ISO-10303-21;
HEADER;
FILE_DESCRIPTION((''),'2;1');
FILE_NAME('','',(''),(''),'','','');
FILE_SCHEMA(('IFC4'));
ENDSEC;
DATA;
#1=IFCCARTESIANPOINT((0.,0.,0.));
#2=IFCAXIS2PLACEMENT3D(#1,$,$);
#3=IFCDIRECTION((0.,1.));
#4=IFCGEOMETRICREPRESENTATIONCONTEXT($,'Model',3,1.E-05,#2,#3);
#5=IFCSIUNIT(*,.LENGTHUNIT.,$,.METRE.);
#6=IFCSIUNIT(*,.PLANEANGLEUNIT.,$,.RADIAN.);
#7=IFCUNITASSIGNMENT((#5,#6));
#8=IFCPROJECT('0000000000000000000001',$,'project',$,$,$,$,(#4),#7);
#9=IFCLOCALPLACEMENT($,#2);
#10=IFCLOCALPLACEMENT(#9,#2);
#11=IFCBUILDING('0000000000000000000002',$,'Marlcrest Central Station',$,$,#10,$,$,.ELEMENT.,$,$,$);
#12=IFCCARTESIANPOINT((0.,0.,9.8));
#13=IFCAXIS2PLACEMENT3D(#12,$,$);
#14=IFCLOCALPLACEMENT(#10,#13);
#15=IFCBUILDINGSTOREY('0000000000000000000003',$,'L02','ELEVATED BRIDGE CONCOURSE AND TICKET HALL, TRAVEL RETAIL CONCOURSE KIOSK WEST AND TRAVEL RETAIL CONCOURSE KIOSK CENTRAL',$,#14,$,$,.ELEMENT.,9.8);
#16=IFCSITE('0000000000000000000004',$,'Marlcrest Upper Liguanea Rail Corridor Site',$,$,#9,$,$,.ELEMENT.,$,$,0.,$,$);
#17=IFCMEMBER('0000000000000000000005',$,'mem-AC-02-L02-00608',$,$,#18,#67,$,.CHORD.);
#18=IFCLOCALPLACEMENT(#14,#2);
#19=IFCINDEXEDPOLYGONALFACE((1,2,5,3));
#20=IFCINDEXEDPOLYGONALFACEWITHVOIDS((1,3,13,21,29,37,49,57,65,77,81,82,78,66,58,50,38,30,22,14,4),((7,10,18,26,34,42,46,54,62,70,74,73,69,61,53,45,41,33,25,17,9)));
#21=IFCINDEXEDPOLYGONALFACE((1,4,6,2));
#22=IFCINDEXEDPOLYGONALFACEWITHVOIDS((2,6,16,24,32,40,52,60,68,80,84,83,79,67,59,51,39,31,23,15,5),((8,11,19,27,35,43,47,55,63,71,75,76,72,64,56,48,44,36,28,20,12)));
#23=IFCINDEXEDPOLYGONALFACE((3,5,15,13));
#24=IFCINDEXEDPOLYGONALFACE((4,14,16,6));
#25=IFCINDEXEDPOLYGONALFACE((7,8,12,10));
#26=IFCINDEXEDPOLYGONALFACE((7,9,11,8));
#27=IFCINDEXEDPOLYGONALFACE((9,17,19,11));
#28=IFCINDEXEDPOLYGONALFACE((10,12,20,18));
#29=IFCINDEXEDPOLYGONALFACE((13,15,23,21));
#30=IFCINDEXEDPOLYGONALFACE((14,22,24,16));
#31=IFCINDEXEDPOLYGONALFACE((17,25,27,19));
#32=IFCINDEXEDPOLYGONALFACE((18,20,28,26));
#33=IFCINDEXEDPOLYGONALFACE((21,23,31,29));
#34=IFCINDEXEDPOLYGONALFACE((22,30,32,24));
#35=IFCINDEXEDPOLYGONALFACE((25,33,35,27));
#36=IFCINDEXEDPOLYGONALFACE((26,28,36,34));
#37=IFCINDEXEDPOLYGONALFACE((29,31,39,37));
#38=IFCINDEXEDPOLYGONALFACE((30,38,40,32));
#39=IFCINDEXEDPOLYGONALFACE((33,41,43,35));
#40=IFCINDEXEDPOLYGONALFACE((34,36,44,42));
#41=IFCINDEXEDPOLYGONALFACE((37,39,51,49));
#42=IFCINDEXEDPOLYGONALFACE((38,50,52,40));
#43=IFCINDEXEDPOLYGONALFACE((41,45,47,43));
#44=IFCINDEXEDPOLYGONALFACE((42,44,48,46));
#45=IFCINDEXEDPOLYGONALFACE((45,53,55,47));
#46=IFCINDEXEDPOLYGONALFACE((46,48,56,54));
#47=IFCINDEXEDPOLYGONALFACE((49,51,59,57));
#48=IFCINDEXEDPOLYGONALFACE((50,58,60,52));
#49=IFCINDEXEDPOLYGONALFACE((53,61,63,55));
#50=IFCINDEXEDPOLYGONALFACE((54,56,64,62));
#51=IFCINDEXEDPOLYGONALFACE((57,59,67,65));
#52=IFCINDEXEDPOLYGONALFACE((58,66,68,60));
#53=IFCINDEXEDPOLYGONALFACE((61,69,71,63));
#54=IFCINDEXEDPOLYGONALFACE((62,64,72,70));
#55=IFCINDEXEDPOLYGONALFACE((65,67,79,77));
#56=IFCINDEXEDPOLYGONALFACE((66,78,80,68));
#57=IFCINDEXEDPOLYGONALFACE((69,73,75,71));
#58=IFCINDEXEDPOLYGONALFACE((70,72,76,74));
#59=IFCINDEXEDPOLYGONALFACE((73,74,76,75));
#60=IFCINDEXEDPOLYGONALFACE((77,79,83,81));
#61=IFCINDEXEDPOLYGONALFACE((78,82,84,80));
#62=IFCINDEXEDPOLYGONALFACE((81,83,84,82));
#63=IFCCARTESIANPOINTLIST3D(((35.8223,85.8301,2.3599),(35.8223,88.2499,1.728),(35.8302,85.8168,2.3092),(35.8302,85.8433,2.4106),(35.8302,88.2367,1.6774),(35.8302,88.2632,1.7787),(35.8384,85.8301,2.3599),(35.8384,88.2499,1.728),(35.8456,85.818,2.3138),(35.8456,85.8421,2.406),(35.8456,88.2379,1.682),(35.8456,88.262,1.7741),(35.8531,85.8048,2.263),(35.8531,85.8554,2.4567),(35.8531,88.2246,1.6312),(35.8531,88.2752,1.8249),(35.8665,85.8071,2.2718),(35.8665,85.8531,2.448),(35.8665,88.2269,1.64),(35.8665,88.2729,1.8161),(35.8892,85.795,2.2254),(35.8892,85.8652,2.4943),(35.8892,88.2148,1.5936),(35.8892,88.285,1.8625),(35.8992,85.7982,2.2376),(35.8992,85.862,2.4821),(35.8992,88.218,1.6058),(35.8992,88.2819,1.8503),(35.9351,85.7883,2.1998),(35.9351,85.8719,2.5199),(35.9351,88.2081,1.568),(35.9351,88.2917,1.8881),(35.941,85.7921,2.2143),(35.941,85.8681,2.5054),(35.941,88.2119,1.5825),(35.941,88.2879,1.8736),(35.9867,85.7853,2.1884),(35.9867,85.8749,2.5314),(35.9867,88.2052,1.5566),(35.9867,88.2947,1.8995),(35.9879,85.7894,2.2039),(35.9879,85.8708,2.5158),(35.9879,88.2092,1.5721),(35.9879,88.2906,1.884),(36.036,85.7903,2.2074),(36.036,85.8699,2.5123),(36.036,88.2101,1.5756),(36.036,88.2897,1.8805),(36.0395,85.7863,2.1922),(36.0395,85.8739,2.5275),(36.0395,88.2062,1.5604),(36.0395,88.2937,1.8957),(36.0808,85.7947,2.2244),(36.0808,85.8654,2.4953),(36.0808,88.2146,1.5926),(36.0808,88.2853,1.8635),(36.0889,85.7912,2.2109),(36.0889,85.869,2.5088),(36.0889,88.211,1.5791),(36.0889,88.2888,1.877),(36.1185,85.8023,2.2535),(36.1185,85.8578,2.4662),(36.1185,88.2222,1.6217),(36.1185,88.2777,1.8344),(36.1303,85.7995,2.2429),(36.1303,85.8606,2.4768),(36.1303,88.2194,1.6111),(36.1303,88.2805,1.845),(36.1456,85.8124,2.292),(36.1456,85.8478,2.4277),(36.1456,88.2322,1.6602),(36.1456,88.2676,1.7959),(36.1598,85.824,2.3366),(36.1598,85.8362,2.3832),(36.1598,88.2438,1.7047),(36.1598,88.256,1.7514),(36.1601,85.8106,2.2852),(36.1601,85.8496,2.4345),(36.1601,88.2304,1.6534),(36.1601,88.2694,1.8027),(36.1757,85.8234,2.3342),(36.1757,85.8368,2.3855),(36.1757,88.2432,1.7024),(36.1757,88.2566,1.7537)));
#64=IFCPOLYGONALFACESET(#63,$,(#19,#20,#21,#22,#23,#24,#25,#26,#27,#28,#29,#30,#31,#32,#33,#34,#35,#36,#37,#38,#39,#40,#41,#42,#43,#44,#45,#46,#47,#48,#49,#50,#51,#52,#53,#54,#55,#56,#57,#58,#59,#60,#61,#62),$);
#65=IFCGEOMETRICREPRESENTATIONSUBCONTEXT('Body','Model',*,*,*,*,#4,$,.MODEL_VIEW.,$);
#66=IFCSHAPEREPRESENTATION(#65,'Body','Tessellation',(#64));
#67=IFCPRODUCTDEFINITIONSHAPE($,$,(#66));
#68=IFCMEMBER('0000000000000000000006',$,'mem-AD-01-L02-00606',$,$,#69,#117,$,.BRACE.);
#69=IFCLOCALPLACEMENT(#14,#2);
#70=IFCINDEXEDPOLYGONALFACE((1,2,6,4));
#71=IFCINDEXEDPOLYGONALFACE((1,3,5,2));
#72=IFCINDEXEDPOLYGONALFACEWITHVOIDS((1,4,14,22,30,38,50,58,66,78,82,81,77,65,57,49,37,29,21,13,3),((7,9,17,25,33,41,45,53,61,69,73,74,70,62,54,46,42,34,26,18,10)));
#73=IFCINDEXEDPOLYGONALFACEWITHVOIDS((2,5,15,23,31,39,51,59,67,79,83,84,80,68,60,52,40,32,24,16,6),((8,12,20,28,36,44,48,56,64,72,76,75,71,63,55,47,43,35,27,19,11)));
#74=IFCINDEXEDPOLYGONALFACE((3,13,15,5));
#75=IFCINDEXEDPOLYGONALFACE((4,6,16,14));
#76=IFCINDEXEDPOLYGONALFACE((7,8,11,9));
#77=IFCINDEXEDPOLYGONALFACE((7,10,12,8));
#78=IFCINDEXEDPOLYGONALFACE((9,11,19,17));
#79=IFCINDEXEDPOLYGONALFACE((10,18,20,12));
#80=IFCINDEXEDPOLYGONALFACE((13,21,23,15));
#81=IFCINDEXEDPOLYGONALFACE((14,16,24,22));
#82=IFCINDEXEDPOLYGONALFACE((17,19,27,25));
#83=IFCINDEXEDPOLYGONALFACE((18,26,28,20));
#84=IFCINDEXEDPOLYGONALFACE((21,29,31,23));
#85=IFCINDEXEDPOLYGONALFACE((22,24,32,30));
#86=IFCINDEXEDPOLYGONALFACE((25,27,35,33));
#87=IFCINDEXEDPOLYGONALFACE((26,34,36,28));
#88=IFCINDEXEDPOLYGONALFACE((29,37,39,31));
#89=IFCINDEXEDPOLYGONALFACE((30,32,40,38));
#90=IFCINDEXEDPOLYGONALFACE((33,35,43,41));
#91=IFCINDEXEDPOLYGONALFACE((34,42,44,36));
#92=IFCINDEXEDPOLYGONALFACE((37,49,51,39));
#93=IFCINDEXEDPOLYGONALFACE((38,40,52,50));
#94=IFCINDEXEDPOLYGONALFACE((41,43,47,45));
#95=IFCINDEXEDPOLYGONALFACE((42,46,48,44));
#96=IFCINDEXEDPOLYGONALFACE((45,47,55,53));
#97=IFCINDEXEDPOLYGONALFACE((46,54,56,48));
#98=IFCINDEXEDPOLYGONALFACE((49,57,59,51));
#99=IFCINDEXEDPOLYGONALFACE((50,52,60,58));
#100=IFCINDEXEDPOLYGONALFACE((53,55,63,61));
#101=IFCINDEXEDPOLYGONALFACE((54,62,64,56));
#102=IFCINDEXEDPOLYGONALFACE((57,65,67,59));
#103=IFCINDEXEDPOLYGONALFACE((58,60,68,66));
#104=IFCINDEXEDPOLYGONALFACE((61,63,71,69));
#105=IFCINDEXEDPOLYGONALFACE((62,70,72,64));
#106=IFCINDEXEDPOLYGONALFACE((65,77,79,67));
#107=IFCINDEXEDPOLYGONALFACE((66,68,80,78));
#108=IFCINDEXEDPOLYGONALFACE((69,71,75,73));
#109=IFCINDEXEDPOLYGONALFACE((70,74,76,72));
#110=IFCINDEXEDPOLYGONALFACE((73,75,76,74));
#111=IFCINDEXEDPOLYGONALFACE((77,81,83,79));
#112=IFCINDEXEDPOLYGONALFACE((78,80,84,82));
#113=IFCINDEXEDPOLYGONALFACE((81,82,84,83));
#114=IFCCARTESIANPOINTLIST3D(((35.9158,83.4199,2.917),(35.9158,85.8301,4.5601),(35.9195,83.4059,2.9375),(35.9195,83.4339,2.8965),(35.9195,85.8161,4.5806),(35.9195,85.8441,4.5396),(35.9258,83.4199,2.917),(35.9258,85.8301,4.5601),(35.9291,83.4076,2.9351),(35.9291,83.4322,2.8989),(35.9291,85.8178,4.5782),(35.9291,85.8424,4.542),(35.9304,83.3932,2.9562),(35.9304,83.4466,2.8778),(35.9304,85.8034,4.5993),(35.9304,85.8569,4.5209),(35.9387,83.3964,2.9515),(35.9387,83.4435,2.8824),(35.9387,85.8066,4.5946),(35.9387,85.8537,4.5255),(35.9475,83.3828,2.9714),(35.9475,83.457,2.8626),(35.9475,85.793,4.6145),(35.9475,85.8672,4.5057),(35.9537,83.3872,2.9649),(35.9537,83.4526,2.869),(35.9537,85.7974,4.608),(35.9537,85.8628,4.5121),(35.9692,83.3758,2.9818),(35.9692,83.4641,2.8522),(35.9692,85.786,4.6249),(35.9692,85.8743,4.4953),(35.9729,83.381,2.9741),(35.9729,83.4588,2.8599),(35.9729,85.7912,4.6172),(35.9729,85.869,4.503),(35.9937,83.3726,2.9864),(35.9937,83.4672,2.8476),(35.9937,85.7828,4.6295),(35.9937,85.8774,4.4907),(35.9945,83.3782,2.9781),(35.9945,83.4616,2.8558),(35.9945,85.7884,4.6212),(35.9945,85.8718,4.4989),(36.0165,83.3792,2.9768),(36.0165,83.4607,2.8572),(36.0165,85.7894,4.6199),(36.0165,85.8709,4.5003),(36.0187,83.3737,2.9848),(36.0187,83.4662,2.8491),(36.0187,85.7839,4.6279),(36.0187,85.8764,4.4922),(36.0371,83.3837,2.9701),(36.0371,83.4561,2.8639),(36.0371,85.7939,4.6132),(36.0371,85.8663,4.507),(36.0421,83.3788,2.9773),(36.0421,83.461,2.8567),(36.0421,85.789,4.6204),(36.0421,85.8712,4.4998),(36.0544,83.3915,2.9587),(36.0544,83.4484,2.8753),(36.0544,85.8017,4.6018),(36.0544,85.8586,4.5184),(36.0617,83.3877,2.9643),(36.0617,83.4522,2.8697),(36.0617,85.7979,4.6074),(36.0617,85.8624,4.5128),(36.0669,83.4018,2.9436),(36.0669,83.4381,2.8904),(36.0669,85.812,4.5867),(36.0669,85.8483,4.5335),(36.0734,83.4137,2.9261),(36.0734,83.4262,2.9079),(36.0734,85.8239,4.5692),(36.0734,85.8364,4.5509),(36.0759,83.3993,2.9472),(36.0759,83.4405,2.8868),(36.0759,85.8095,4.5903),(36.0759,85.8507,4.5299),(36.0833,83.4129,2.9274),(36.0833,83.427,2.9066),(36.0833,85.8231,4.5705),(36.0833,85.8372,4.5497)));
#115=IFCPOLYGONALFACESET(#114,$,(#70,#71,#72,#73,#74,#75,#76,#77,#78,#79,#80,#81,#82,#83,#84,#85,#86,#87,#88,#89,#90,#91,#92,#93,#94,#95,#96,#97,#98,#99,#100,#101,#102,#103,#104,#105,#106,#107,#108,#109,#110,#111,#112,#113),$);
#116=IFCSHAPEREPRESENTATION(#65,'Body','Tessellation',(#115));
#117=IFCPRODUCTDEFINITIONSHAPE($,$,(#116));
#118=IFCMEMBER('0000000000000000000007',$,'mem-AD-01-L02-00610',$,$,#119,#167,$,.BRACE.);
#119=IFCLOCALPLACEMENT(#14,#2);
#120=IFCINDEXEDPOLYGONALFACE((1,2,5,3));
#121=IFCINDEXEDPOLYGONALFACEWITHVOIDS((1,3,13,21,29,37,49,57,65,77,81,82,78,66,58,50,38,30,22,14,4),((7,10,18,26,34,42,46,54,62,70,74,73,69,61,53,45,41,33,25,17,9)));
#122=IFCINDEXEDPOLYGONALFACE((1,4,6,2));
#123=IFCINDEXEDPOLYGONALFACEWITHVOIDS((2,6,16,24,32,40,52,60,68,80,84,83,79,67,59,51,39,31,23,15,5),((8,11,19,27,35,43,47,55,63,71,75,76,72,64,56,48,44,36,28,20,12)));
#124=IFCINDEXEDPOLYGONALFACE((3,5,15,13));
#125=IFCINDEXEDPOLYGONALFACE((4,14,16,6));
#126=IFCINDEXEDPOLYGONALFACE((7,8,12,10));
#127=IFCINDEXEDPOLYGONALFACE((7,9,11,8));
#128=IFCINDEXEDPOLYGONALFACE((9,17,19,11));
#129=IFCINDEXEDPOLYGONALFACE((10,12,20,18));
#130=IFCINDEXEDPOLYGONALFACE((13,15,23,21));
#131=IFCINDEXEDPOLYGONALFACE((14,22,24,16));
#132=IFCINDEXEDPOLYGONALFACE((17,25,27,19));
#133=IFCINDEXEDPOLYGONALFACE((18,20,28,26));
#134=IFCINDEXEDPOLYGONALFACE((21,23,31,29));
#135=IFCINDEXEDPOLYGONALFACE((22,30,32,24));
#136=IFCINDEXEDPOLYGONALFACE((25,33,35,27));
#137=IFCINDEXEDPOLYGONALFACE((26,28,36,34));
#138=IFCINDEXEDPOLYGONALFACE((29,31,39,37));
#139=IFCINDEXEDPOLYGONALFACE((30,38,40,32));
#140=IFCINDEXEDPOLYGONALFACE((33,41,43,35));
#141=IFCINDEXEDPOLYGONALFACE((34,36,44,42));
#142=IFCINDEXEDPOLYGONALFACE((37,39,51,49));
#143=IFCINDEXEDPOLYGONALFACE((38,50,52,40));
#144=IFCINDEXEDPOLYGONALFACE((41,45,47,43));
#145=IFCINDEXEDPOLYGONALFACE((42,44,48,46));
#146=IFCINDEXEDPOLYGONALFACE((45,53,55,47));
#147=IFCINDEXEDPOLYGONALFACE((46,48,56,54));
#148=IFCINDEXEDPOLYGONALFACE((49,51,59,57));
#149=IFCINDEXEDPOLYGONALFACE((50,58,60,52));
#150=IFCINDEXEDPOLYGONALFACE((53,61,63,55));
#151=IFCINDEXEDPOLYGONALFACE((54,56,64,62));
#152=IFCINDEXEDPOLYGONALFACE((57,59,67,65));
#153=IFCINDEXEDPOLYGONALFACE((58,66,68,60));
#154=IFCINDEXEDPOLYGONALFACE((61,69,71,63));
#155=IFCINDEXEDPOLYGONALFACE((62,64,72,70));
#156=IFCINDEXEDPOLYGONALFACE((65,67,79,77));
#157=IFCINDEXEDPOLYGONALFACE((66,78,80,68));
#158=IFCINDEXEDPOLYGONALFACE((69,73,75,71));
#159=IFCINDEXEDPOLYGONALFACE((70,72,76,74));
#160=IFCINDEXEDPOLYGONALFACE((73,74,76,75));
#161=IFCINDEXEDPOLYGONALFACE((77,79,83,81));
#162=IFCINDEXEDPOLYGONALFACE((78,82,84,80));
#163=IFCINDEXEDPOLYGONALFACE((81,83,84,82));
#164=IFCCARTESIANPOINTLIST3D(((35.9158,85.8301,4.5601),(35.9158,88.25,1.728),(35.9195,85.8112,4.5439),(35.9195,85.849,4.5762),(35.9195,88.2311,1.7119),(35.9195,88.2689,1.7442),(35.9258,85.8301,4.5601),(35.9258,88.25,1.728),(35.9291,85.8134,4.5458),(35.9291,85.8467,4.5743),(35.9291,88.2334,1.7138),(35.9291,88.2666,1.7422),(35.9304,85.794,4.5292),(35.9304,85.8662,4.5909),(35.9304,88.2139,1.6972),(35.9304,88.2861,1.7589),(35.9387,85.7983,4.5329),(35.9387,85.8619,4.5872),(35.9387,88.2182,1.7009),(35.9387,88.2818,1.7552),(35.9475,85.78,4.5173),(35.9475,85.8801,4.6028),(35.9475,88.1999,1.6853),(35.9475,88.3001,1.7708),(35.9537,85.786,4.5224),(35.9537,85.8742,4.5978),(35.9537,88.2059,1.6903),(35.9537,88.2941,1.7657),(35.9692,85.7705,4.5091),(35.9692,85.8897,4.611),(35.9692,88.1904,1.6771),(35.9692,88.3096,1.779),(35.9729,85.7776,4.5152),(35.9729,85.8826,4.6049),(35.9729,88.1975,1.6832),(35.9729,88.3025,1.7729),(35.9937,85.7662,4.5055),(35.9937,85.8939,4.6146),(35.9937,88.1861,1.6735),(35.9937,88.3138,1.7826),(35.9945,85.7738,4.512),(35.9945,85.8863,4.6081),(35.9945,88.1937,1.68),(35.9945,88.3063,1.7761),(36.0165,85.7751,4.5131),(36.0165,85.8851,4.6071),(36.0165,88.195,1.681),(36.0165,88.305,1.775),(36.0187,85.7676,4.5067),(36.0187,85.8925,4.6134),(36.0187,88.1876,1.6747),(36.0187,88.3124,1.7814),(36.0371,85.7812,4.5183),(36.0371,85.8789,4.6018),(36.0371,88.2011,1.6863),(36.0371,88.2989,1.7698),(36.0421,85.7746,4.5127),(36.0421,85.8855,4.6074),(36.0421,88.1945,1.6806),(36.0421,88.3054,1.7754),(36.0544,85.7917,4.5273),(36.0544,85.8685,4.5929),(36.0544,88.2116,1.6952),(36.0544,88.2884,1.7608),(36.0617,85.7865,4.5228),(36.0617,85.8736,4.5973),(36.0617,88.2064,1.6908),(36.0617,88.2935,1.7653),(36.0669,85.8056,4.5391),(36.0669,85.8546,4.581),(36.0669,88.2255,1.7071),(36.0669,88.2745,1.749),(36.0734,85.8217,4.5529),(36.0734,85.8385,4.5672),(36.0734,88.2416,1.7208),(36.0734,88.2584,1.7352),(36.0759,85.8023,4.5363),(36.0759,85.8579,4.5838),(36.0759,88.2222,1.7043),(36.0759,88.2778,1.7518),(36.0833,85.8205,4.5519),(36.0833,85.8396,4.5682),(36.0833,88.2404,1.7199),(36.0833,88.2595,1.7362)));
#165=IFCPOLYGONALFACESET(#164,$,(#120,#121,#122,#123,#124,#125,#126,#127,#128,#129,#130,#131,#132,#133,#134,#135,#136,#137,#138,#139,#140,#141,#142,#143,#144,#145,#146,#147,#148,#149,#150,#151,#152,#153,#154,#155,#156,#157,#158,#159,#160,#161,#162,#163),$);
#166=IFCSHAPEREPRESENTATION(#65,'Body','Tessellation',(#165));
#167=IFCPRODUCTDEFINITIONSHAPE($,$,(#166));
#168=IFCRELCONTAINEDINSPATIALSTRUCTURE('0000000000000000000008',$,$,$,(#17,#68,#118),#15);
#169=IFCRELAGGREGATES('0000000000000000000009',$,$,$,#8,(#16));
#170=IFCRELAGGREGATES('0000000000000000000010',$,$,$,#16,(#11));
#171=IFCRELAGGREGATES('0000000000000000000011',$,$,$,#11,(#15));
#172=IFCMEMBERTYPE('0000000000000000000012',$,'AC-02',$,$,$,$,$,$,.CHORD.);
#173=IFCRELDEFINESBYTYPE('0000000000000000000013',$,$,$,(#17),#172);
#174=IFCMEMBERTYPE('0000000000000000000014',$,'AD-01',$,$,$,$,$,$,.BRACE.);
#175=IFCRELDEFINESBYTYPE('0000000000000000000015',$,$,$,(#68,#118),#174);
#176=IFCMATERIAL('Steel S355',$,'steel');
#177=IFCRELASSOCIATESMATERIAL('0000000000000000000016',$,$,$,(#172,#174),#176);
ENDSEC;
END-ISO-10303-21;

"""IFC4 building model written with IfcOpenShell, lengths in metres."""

from ifc_helpers import new_model, si_unit, direction, frame, origin, origin_2d, place, context, subcontext, project, spatial, hollow_circle, extrude, material, material_profile, profile_set, type_object, element, save


model = new_model("IFC4")

# Units and contexts
model_context = context("Model", 3, precision=1e-05, world=origin(), true_north=direction((0.0, 1.0)))
body_context = subcontext(model_context, "Body", "Model", "MODEL_VIEW")
ifc_project = project(units=[si_unit("LENGTHUNIT", "METRE"), si_unit("PLANEANGLEUNIT", "RADIAN")], contexts=[model_context])

# Site, building, storey
site_placement = place(None, origin())
site = spatial("IfcSite", under=ifc_project, at=site_placement, Name="Marlcrest Upper Liguanea Rail Corridor Site", CompositionType="ELEMENT", RefElevation=0.0)
building_placement = place(site_placement, origin())
building = spatial("IfcBuilding", under=site, at=building_placement, Name="Marlcrest Central Station", CompositionType="ELEMENT")
storey_placement = place(building_placement, frame((0.0, 0.0, 9.8)))
storey = spatial("IfcBuildingStorey", under=building, at=storey_placement, Name="L02", Description="ELEVATED BRIDGE CONCOURSE AND TICKET HALL, TRAVEL RETAIL CONCOURSE KIOSK WEST AND TRAVEL RETAIL CONCOURSE KIOSK CENTRAL", CompositionType="ELEMENT", Elevation=9.8)

# Members
ifc_material_1 = material(Name="Steel S355", Category="steel")
ifc_material_profile_1 = material_profile(ifc_material_1, hollow_circle(Radius=0.1777, WallThickness=0.0161, at=origin_2d()), Name="CHS 355.6x16")
ifc_profile_set_1 = profile_set([ifc_material_profile_1], Name="Steel S355")
member_type_1 = type_object("IfcMemberType", Name="AC-02", PredefinedType="CHORD", material=ifc_profile_set_1)
member_1_placement = place(storey_placement, frame((36.0, 85.8301, 2.3599), z_axis=(0.0, 0.967563, -0.252629), x_axis=(-1.0, 0.0, 0.0)))
element("IfcMember", 1, at=member_1_placement, inside=storey, type_object=member_type_1, Name="mem-AC-02-L02-00608", PredefinedType="CHORD", context=body_context, shape_type="SweptSolid", body=[
    extrude(hollow_circle(Radius=0.1777, WallThickness=0.0161, at=origin_2d()), origin(), (0.0, 0.0, 1.0), 2.501),
])
ifc_material_profile_2 = material_profile(ifc_material_1, hollow_circle(Radius=0.0842, WallThickness=0.01, at=origin_2d()), Name="CHS 168.3x10")
ifc_profile_set_2 = profile_set([ifc_material_profile_2], Name="Steel S355")
member_type_2 = type_object("IfcMemberType", Name="AD-01", PredefinedType="BRACE", material=ifc_profile_set_2)
member_2_placement = place(storey_placement, frame((36.0, 83.4199, 2.917), z_axis=(0.0, 0.826263, 0.563285), x_axis=(-1.0, 0.0, 0.0)))
element("IfcMember", 2, at=member_2_placement, inside=storey, type_object=member_type_2, Name="mem-AD-01-L02-00606", PredefinedType="BRACE", context=body_context, shape_type="SweptSolid", body=[
    extrude(hollow_circle(Radius=0.0842, WallThickness=0.01, at=origin_2d()), origin(), (0.0, 0.0, 1.0), 2.917),
])
member_3_placement = place(storey_placement, frame((36.0, 85.8301, 4.5601), z_axis=(0.0, 0.649625, -0.760255), x_axis=(-1.0, 0.0, 0.0)))
element("IfcMember", 3, at=member_3_placement, inside=storey, type_object=member_type_2, Name="mem-AD-01-L02-00610", PredefinedType="BRACE", context=body_context, shape_type="SweptSolid", body=[
    extrude(hollow_circle(Radius=0.0842, WallThickness=0.01, at=origin_2d()), origin(), (0.0, 0.0, 1.0), 3.7251),
])

save(model, "model.ifc")
